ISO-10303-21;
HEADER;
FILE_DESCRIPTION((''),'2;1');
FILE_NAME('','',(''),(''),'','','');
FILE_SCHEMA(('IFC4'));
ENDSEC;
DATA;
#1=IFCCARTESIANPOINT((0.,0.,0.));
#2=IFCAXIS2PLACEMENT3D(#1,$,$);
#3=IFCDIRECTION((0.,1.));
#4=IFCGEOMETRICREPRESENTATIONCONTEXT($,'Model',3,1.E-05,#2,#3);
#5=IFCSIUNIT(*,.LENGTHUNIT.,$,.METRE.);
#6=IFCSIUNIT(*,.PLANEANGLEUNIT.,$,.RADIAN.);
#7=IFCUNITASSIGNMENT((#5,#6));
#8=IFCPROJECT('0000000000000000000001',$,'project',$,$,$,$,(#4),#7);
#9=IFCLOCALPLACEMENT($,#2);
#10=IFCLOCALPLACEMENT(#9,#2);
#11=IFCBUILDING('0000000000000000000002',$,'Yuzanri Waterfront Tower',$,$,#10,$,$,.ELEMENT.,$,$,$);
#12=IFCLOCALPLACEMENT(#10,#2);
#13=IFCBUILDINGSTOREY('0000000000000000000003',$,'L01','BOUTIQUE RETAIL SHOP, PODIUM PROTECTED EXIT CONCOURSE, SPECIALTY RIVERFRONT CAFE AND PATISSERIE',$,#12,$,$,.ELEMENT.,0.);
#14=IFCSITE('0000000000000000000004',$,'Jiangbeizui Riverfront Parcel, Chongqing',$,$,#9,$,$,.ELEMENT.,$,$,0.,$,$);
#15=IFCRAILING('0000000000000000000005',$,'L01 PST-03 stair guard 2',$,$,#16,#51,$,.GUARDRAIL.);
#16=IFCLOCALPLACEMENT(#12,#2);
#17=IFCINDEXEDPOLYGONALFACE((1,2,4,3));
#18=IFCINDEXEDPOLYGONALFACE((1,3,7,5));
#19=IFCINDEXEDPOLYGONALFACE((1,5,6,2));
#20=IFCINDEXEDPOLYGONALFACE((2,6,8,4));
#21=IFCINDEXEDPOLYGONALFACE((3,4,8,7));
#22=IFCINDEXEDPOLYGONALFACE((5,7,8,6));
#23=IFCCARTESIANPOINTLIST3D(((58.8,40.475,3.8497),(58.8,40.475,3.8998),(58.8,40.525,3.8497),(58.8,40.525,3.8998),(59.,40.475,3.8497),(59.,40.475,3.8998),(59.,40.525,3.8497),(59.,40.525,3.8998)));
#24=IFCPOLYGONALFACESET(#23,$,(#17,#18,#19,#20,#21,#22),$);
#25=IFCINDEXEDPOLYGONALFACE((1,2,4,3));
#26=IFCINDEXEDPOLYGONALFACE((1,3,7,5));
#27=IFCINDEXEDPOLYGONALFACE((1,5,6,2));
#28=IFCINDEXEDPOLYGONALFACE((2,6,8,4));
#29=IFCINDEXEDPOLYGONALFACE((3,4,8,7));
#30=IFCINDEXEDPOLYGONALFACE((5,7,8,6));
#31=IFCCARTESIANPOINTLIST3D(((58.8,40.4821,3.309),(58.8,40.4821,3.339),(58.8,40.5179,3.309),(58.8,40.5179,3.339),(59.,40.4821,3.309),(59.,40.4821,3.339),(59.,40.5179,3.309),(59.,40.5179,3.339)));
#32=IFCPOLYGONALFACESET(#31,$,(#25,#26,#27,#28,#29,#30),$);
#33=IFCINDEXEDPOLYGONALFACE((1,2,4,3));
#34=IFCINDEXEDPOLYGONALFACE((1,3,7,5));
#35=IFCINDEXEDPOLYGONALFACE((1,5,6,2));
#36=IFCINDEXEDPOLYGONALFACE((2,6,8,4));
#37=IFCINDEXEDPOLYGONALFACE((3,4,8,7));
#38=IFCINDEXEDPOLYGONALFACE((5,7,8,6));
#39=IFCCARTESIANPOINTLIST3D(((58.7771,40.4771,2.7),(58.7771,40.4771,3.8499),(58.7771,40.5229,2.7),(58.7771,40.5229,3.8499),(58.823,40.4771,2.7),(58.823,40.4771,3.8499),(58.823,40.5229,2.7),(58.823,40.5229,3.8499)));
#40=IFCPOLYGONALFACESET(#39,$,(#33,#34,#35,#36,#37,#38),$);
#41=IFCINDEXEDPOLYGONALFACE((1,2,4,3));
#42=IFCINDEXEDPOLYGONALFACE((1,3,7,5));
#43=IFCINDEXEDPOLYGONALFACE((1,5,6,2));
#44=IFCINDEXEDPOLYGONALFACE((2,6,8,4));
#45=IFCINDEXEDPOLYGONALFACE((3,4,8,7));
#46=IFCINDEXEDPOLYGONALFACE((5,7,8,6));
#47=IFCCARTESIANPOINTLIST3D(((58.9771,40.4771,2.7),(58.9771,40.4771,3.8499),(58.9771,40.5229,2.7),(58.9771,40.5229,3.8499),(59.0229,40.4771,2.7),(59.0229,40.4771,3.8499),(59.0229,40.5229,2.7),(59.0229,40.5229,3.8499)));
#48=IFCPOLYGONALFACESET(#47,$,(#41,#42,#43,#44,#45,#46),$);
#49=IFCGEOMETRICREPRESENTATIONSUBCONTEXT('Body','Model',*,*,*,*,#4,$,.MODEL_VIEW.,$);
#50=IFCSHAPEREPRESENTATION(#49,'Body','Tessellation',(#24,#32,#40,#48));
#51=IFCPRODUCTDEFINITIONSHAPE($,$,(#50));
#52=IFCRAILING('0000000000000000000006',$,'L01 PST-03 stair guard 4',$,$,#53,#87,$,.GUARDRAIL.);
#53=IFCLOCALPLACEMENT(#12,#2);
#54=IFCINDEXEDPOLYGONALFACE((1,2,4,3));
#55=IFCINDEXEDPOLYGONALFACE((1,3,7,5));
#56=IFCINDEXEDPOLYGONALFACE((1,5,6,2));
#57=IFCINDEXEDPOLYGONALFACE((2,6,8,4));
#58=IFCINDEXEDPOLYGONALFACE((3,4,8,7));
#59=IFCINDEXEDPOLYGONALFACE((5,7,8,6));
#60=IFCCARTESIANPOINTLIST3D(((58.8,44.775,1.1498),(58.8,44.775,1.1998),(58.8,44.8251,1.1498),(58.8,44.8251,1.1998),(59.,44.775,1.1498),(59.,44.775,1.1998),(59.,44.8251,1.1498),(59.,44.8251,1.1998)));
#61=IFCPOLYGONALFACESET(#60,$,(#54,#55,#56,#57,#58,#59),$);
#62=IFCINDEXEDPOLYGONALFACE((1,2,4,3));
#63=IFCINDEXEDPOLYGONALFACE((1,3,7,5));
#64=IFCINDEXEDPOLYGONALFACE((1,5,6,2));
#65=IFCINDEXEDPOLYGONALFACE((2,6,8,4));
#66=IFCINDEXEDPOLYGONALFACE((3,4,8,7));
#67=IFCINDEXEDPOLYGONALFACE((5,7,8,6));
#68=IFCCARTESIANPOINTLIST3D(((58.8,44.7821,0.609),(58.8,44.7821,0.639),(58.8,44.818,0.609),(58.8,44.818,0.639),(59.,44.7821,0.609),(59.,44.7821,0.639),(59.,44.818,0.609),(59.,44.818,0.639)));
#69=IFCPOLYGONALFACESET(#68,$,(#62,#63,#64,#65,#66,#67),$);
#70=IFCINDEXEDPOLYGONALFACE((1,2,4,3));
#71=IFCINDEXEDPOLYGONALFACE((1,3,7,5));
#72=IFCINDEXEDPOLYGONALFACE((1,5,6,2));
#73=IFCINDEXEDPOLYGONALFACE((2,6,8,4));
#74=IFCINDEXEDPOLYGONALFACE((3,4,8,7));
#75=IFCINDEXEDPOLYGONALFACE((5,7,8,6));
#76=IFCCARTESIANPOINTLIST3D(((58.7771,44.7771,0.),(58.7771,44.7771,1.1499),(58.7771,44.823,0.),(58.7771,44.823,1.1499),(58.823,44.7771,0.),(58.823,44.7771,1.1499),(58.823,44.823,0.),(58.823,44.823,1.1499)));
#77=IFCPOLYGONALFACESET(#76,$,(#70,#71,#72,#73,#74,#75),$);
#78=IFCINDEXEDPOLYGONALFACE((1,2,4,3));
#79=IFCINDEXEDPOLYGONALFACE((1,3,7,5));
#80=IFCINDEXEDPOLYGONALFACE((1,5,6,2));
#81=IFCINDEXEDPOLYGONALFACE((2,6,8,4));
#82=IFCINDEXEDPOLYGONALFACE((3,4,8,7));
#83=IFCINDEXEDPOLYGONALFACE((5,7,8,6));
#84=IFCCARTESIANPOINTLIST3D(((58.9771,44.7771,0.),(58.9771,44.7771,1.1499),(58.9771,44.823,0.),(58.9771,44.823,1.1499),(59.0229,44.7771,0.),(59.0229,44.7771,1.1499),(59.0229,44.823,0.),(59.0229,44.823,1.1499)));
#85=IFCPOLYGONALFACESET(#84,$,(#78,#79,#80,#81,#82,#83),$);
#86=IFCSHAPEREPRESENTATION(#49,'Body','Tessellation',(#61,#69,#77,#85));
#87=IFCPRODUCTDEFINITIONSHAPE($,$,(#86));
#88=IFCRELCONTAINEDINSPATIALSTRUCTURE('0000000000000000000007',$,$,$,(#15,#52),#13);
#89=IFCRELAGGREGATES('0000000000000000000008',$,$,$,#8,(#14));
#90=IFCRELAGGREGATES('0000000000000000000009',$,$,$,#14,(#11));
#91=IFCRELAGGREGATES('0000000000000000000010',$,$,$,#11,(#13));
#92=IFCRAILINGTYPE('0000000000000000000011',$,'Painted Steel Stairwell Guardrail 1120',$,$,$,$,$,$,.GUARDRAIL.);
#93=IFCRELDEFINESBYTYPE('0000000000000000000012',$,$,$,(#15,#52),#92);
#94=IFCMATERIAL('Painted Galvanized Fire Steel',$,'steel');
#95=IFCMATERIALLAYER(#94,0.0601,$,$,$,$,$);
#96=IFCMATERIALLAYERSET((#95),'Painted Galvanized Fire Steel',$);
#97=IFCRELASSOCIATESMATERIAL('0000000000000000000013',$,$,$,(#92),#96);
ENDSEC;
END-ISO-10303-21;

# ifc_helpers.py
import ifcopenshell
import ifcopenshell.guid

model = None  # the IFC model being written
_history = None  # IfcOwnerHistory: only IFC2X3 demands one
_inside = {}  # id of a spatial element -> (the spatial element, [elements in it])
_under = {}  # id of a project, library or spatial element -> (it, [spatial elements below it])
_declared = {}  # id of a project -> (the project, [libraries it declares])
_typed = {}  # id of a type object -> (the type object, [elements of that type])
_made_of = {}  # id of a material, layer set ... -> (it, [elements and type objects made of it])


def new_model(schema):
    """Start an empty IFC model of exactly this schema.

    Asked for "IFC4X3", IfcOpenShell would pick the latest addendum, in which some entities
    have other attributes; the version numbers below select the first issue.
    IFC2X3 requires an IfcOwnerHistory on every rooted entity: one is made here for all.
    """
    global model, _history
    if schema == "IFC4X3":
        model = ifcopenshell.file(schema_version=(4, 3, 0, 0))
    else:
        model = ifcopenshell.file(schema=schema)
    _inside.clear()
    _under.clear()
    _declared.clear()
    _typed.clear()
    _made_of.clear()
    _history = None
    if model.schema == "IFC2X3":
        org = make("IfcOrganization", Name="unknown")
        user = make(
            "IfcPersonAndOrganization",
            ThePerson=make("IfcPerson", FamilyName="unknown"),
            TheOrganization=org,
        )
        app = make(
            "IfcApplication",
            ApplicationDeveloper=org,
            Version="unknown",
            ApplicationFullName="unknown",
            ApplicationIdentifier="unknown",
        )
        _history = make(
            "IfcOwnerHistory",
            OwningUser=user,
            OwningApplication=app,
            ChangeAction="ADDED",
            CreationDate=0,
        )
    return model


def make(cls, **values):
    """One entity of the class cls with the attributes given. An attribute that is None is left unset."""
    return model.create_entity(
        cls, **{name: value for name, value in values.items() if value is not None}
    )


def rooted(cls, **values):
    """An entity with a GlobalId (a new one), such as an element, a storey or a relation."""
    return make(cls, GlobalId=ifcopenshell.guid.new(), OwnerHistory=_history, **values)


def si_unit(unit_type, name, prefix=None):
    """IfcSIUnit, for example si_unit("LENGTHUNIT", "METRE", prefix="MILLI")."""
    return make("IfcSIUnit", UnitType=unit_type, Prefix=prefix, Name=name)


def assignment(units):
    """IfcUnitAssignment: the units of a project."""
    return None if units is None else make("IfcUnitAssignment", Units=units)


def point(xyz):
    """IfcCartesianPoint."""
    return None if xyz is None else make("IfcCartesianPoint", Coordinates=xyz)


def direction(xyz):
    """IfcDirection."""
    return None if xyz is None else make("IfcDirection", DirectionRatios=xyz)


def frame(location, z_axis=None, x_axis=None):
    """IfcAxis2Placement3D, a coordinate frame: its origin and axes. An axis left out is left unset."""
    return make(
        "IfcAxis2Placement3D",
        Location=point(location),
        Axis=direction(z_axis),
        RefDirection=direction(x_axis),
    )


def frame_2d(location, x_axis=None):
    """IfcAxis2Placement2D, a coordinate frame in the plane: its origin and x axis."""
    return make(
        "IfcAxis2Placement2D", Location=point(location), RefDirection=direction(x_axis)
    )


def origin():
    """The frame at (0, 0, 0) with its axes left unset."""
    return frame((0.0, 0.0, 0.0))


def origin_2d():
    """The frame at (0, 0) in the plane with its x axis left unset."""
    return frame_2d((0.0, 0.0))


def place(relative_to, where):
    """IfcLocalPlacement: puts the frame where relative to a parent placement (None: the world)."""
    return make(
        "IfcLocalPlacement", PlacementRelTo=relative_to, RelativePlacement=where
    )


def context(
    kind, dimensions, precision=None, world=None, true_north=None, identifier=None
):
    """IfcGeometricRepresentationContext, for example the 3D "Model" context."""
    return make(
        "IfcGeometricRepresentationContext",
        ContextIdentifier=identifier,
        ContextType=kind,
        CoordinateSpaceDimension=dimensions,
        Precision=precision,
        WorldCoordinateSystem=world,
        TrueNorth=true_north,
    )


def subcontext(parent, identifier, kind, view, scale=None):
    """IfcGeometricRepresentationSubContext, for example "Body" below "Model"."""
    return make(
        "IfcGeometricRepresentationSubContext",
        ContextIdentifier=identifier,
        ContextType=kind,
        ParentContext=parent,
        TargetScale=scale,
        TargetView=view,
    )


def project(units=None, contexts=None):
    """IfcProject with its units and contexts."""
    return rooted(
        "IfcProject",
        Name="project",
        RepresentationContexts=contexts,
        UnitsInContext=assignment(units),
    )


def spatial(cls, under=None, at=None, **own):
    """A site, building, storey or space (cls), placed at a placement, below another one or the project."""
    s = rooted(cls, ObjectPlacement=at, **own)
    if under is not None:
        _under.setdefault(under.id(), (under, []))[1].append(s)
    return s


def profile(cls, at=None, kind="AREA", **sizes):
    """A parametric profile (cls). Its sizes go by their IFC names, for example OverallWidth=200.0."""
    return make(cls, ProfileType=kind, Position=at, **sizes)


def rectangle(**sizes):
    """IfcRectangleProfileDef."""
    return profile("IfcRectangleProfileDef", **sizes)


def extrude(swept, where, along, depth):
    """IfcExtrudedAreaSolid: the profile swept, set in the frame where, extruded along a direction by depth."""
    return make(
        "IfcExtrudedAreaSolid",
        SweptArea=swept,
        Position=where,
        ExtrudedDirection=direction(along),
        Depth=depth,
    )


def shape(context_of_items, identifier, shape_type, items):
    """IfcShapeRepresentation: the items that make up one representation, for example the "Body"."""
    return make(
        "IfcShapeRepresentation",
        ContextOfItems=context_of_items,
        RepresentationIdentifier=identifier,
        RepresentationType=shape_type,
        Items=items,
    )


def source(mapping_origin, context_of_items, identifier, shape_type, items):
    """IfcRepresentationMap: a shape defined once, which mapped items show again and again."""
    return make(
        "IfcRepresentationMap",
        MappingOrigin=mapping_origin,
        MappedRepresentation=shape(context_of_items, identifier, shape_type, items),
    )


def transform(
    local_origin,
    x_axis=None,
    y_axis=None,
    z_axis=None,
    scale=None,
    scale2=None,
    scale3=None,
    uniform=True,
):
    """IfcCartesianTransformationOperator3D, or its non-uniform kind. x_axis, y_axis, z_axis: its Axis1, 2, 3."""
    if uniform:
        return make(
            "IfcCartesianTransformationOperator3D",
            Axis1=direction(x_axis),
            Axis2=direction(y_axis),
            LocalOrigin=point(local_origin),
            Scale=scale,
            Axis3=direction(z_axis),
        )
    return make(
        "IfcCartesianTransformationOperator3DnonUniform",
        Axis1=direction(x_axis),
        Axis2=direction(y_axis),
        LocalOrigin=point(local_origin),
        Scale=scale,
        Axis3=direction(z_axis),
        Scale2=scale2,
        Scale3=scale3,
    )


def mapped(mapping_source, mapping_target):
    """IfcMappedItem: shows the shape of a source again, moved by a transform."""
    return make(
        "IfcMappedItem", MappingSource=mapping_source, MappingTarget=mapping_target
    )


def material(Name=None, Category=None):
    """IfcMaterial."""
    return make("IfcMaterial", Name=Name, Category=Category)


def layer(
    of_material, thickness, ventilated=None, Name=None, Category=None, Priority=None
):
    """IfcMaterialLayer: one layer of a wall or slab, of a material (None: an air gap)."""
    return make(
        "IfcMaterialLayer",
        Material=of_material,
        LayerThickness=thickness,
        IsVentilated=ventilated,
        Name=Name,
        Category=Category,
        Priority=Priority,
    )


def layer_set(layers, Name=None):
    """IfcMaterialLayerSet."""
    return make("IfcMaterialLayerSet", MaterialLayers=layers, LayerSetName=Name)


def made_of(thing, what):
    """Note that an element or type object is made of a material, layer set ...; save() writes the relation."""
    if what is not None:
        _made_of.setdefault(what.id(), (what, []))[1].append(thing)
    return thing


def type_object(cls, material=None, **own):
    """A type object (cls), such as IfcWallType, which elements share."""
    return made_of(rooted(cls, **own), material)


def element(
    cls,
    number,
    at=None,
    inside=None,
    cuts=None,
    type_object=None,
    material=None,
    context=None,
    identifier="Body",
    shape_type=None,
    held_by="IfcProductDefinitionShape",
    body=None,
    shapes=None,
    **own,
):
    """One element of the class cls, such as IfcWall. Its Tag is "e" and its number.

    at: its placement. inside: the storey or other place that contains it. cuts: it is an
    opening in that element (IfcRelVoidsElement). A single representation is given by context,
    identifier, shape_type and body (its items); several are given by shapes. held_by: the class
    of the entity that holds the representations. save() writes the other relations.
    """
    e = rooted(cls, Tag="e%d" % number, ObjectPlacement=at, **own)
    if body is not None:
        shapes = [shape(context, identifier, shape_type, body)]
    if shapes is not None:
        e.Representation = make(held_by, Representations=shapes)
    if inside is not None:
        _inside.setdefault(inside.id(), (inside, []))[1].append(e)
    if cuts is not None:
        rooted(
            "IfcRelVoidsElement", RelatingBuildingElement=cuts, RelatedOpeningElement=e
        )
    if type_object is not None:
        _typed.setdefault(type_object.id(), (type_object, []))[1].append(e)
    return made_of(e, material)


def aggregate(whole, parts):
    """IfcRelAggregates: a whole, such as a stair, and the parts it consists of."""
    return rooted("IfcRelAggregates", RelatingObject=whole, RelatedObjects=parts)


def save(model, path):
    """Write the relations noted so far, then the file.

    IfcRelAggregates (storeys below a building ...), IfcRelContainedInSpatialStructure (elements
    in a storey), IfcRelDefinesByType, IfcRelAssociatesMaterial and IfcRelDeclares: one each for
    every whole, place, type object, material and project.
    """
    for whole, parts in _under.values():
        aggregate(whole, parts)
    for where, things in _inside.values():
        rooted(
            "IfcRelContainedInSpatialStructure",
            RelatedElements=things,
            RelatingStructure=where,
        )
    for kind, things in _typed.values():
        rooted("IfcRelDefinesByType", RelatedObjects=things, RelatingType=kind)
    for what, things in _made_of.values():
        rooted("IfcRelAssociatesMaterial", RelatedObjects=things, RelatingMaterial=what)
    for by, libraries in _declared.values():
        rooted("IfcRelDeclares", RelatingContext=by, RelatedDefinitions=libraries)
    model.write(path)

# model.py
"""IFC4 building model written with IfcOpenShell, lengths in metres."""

from ifc_helpers import new_model, si_unit, direction, frame, origin, origin_2d, place, context, subcontext, project, spatial, rectangle, extrude, source, transform, mapped, material, layer, layer_set, type_object, element, save


model = new_model("IFC4")

# Units and contexts
model_context = context("Model", 3, precision=1e-05, world=origin(), true_north=direction((0.0, 1.0)))
body_context = subcontext(model_context, "Body", "Model", "MODEL_VIEW")
ifc_project = project(units=[si_unit("LENGTHUNIT", "METRE"), si_unit("PLANEANGLEUNIT", "RADIAN")], contexts=[model_context])

# Site, building, storey
site_placement = place(None, origin())
site = spatial("IfcSite", under=ifc_project, at=site_placement, Name="Jiangbeizui Riverfront Parcel, Chongqing", CompositionType="ELEMENT", RefElevation=0.0)
building_placement = place(site_placement, origin())
building = spatial("IfcBuilding", under=site, at=building_placement, Name="Yuzanri Waterfront Tower", CompositionType="ELEMENT")
storey_placement = place(building_placement, origin())
storey = spatial("IfcBuildingStorey", under=building, at=storey_placement, Name="L01", Description="BOUTIQUE RETAIL SHOP, PODIUM PROTECTED EXIT CONCOURSE, SPECIALTY RIVERFRONT CAFE AND PATISSERIE", CompositionType="ELEMENT", Elevation=0.0)

# Railings
ifc_material_1 = material(Name="Painted Galvanized Fire Steel", Category="steel")
ifc_layer_1 = layer(ifc_material_1, 0.0601)
ifc_layer_set_1 = layer_set([ifc_layer_1], Name="Painted Galvanized Fire Steel")
railing_type_1 = type_object("IfcRailingType", Name="Painted Steel Stairwell Guardrail 1120", PredefinedType="GUARDRAIL", material=ifc_layer_set_1)
shared_shape_1 = source(origin(), body_context, "Body", "SweptSolid", [
    extrude(rectangle(XDim=0.05, YDim=0.05, at=origin_2d()), frame((0.0, 0.0, 1.1748), z_axis=(1.0, 0.0, 0.0), x_axis=(0.0, 1.0, 0.0)), (0.0, 0.0, 1.0), 0.2),
    extrude(rectangle(XDim=0.0359, YDim=0.03, at=origin_2d()), frame((0.0, 0.0, 0.624), z_axis=(1.0, 0.0, 0.0), x_axis=(0.0, 1.0, 0.0)), (0.0, 0.0, 1.0), 0.2),
    extrude(rectangle(XDim=0.0459, YDim=0.0459, at=origin_2d()), origin(), (0.0, 0.0, 1.0), 1.1499),
    extrude(rectangle(XDim=0.0459, YDim=0.0459, at=origin_2d()), frame((0.2, 0.0, 0.0)), (0.0, 0.0, 1.0), 1.1499),
])
for number, where, name in (
    (1, (58.8, 40.5, 2.7), "L01 PST-03 stair guard 2"),
    (2, (58.8, 44.8, 0.0), "L01 PST-03 stair guard 4"),
):
    element("IfcRailing", number, at=place(storey_placement, frame(where)), inside=storey, type_object=railing_type_1, Name=name, PredefinedType="GUARDRAIL", context=body_context, shape_type="MappedRepresentation", body=[
        mapped(shared_shape_1, transform((0.0, 0.0, 0.0), scale=1.0)),
    ])

save(model, "model.ifc")
